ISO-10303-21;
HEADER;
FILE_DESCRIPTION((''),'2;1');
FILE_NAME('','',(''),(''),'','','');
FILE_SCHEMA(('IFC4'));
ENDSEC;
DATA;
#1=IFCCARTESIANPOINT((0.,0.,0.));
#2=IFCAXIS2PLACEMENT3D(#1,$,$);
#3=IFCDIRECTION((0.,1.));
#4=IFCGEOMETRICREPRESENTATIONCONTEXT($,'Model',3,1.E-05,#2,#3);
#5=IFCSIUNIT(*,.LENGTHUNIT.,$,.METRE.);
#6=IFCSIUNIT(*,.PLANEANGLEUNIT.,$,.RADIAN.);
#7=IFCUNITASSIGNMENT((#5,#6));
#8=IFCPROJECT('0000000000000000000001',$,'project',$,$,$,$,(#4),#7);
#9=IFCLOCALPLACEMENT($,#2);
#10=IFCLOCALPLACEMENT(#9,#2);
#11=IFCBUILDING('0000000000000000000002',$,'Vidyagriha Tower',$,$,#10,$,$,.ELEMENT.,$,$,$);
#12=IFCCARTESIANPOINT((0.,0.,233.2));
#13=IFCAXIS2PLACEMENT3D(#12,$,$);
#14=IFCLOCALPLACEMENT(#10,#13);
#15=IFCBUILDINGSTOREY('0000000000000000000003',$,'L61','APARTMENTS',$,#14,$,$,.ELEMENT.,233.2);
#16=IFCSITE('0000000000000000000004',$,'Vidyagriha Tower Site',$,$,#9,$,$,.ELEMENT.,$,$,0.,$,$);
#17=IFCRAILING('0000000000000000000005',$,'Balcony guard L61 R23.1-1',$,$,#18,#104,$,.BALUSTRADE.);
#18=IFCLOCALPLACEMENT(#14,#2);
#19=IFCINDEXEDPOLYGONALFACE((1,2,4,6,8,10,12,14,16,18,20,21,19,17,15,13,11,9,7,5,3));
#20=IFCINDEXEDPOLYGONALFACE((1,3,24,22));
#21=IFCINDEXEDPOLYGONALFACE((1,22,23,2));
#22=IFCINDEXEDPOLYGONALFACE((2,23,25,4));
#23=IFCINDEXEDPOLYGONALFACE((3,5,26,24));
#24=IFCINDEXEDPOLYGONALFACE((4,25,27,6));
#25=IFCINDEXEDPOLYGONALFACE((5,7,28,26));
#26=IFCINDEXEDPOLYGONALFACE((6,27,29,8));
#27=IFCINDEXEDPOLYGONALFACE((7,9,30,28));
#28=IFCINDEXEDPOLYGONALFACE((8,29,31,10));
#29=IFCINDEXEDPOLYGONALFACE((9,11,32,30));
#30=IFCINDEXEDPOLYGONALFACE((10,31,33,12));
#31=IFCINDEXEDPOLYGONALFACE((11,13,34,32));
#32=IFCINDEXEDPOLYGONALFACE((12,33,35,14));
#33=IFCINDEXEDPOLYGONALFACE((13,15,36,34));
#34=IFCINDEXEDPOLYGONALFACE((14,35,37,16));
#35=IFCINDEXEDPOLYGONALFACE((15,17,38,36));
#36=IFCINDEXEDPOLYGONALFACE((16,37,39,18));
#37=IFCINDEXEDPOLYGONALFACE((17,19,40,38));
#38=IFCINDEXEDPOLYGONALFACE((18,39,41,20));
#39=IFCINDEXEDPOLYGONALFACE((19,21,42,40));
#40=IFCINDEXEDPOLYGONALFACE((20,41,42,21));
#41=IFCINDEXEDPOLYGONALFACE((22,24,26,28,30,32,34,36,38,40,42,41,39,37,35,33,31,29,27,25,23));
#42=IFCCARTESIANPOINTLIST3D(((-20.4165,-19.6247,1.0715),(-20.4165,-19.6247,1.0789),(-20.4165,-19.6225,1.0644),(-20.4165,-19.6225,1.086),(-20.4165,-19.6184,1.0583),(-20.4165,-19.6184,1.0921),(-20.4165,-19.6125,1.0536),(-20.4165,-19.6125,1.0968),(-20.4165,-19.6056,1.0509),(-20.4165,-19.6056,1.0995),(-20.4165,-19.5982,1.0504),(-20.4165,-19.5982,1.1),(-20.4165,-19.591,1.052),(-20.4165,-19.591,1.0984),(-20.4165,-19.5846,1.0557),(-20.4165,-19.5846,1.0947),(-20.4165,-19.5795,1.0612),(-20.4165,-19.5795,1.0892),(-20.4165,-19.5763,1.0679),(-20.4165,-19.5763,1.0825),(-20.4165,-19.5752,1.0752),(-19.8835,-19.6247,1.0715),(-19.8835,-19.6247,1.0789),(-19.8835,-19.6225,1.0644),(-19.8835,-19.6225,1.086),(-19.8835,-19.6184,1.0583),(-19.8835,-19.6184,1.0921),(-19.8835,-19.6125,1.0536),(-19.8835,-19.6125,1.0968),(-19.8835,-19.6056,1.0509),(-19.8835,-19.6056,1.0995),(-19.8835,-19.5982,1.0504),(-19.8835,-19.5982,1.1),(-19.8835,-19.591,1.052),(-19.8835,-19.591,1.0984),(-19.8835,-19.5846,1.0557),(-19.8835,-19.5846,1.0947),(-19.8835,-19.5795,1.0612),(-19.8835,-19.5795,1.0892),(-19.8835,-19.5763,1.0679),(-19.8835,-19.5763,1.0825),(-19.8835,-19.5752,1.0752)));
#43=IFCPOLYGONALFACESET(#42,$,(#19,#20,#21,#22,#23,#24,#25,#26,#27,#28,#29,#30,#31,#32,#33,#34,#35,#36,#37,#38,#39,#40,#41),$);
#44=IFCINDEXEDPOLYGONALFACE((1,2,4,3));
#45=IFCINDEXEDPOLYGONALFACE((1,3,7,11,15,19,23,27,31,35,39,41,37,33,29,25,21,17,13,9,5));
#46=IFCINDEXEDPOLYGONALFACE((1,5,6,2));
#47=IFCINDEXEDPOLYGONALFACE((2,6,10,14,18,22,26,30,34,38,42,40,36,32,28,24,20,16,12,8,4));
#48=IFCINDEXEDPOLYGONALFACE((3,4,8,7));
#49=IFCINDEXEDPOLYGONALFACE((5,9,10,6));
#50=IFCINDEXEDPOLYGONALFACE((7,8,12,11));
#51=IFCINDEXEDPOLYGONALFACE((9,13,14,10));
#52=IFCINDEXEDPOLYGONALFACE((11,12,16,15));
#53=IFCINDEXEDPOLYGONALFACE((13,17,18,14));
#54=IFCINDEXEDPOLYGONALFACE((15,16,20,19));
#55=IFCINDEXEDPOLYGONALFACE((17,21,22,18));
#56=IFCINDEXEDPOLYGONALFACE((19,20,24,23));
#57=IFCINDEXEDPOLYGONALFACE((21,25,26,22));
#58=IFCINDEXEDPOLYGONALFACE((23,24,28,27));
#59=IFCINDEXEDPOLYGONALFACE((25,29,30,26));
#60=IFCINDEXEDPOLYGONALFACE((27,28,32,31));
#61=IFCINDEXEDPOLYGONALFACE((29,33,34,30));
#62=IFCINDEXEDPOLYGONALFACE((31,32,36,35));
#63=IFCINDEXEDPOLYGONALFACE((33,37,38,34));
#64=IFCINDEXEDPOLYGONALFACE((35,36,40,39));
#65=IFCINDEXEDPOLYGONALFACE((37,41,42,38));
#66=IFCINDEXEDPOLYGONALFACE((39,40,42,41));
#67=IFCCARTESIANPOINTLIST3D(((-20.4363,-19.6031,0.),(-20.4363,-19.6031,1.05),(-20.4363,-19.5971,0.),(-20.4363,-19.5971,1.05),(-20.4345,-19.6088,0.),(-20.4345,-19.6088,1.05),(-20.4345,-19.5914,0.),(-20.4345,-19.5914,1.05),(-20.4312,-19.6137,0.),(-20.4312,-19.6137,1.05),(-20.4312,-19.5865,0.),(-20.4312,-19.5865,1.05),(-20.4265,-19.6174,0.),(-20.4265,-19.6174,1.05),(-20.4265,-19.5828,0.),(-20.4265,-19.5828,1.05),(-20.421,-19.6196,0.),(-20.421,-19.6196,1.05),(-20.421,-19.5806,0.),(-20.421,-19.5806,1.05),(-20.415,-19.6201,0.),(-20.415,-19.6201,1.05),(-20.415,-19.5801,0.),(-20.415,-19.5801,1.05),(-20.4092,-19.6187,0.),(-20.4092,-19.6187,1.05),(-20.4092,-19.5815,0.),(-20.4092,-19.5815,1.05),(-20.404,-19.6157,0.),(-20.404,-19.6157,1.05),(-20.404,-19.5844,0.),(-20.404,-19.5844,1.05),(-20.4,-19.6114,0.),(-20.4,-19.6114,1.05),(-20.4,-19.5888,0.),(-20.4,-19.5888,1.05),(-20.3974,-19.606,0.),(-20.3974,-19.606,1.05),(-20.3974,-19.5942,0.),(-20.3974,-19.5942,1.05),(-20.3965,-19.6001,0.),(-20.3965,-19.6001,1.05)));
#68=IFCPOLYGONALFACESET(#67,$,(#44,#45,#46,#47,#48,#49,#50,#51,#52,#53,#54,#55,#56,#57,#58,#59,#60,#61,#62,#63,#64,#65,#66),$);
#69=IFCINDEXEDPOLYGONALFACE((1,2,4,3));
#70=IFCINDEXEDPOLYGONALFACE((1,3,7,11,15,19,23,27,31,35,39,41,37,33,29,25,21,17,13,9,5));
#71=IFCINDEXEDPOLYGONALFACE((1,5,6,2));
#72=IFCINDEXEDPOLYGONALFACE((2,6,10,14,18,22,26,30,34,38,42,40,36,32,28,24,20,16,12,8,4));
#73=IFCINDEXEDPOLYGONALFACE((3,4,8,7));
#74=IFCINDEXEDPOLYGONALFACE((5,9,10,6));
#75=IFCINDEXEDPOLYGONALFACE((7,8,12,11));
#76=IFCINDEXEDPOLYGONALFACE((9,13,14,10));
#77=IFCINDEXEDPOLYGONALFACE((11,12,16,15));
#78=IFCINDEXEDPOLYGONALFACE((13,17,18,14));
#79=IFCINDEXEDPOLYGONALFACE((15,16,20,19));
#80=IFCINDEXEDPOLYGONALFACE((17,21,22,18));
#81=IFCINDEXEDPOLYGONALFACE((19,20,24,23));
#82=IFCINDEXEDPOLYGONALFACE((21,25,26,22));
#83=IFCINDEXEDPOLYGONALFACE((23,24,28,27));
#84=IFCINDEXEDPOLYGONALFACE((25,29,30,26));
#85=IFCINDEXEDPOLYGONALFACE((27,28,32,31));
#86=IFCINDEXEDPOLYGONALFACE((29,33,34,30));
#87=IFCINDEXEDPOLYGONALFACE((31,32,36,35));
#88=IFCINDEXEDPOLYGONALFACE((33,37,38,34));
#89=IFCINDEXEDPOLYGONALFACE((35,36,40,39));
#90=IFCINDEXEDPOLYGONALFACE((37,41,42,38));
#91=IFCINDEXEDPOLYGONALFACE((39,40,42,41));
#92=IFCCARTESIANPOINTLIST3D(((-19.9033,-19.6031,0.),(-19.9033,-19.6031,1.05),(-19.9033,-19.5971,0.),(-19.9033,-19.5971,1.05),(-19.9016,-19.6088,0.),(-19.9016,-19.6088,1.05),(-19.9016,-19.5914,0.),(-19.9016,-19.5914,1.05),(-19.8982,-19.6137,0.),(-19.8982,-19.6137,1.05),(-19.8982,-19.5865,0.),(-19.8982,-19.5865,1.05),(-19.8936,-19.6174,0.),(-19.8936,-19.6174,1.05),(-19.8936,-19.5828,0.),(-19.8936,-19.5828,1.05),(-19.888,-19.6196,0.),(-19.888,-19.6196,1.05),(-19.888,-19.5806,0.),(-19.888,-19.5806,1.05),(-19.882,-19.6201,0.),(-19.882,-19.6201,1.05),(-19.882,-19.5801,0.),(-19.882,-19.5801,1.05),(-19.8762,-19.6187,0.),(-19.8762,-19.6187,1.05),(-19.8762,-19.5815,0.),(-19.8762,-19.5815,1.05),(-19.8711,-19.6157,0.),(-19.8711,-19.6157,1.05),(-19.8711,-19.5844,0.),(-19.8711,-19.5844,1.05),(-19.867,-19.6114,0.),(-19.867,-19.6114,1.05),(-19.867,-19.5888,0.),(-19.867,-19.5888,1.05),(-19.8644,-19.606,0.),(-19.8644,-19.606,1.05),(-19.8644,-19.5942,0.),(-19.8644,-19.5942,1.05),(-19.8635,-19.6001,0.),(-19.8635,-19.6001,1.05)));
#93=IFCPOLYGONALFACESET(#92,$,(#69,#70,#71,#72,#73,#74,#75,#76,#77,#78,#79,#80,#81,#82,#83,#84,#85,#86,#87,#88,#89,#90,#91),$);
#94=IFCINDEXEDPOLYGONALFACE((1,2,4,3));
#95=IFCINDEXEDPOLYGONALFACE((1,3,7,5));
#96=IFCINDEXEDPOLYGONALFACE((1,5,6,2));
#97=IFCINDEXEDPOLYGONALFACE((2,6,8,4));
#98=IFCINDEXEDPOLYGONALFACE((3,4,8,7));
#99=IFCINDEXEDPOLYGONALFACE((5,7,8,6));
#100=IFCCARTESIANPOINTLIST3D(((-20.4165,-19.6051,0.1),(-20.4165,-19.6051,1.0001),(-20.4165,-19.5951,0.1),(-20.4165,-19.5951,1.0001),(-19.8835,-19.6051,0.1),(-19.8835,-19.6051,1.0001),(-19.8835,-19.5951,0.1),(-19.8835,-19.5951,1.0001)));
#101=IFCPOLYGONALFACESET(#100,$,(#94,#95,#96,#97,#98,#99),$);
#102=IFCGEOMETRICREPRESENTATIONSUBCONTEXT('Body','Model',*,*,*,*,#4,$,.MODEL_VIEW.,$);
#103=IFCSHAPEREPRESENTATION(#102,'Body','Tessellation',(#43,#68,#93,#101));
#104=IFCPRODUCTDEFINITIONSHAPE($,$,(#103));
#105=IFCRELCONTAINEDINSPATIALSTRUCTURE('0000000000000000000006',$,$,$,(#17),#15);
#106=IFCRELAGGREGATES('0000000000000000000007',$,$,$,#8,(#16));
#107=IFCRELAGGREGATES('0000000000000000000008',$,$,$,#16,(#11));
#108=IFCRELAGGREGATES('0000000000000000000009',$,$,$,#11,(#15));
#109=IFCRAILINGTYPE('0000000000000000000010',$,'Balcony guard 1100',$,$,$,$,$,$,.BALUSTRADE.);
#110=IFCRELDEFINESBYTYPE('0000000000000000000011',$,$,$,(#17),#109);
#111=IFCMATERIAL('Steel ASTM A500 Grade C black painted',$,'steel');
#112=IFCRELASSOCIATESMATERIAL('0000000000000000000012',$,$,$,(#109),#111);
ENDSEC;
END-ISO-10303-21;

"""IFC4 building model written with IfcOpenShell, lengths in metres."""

from ifc_helpers import new_model, si_unit, direction, frame, origin, origin_2d, place, context, subcontext, project, spatial, rectangle, circle, extrude, material, type_object, element, save


model = new_model("IFC4")

# Units and contexts
model_context = context("Model", 3, precision=1e-05, world=origin(), true_north=direction((0.0, 1.0)))
body_context = subcontext(model_context, "Body", "Model", "MODEL_VIEW")
ifc_project = project(units=[si_unit("LENGTHUNIT", "METRE"), si_unit("PLANEANGLEUNIT", "RADIAN")], contexts=[model_context])

# Site, building, storey
site_placement = place(None, origin())
site = spatial("IfcSite", under=ifc_project, at=site_placement, Name="Vidyagriha Tower Site", CompositionType="ELEMENT", RefElevation=0.0)
building_placement = place(site_placement, origin())
building = spatial("IfcBuilding", under=site, at=building_placement, Name="Vidyagriha Tower", CompositionType="ELEMENT")
storey_placement = place(building_placement, frame((0.0, 0.0, 233.2)))
storey = spatial("IfcBuildingStorey", under=building, at=storey_placement, Name="L61", Description="APARTMENTS", CompositionType="ELEMENT", Elevation=233.2)

# Railing
ifc_material_1 = material(Name="Steel ASTM A500 Grade C black painted", Category="steel")
railing_type = type_object("IfcRailingType", Name="Balcony guard 1100", PredefinedType="BALUSTRADE", material=ifc_material_1)
railing_1_placement = place(storey_placement, frame((-20.4165, -19.6001, 0.0)))
element("IfcRailing", 1, at=railing_1_placement, inside=storey, type_object=railing_type, Name="Balcony guard L61 R23.1-1", PredefinedType="BALUSTRADE", context=body_context, shape_type="SweptSolid", body=[
    extrude(circle(Radius=0.0249, at=origin_2d()), frame((0.0, 0.0, 1.0752), z_axis=(1.0, 0.0, 0.0), x_axis=(0.0, 1.0, 0.0)), (0.0, 0.0, 1.0), 0.533),
    extrude(circle(Radius=0.02, at=origin_2d()), origin(), (0.0, 0.0, 1.0), 1.05),
    extrude(circle(Radius=0.02, at=origin_2d()), frame((0.533, 0.0, 0.0)), (0.0, 0.0, 1.0), 1.05),
    extrude(rectangle(XDim=0.01, YDim=0.9001, at=origin_2d()), frame((0.0, 0.0, 0.55), z_axis=(1.0, 0.0, 0.0), x_axis=(0.0, 1.0, 0.0)), (0.0, 0.0, 1.0), 0.533),
])

save(model, "model.ifc")
